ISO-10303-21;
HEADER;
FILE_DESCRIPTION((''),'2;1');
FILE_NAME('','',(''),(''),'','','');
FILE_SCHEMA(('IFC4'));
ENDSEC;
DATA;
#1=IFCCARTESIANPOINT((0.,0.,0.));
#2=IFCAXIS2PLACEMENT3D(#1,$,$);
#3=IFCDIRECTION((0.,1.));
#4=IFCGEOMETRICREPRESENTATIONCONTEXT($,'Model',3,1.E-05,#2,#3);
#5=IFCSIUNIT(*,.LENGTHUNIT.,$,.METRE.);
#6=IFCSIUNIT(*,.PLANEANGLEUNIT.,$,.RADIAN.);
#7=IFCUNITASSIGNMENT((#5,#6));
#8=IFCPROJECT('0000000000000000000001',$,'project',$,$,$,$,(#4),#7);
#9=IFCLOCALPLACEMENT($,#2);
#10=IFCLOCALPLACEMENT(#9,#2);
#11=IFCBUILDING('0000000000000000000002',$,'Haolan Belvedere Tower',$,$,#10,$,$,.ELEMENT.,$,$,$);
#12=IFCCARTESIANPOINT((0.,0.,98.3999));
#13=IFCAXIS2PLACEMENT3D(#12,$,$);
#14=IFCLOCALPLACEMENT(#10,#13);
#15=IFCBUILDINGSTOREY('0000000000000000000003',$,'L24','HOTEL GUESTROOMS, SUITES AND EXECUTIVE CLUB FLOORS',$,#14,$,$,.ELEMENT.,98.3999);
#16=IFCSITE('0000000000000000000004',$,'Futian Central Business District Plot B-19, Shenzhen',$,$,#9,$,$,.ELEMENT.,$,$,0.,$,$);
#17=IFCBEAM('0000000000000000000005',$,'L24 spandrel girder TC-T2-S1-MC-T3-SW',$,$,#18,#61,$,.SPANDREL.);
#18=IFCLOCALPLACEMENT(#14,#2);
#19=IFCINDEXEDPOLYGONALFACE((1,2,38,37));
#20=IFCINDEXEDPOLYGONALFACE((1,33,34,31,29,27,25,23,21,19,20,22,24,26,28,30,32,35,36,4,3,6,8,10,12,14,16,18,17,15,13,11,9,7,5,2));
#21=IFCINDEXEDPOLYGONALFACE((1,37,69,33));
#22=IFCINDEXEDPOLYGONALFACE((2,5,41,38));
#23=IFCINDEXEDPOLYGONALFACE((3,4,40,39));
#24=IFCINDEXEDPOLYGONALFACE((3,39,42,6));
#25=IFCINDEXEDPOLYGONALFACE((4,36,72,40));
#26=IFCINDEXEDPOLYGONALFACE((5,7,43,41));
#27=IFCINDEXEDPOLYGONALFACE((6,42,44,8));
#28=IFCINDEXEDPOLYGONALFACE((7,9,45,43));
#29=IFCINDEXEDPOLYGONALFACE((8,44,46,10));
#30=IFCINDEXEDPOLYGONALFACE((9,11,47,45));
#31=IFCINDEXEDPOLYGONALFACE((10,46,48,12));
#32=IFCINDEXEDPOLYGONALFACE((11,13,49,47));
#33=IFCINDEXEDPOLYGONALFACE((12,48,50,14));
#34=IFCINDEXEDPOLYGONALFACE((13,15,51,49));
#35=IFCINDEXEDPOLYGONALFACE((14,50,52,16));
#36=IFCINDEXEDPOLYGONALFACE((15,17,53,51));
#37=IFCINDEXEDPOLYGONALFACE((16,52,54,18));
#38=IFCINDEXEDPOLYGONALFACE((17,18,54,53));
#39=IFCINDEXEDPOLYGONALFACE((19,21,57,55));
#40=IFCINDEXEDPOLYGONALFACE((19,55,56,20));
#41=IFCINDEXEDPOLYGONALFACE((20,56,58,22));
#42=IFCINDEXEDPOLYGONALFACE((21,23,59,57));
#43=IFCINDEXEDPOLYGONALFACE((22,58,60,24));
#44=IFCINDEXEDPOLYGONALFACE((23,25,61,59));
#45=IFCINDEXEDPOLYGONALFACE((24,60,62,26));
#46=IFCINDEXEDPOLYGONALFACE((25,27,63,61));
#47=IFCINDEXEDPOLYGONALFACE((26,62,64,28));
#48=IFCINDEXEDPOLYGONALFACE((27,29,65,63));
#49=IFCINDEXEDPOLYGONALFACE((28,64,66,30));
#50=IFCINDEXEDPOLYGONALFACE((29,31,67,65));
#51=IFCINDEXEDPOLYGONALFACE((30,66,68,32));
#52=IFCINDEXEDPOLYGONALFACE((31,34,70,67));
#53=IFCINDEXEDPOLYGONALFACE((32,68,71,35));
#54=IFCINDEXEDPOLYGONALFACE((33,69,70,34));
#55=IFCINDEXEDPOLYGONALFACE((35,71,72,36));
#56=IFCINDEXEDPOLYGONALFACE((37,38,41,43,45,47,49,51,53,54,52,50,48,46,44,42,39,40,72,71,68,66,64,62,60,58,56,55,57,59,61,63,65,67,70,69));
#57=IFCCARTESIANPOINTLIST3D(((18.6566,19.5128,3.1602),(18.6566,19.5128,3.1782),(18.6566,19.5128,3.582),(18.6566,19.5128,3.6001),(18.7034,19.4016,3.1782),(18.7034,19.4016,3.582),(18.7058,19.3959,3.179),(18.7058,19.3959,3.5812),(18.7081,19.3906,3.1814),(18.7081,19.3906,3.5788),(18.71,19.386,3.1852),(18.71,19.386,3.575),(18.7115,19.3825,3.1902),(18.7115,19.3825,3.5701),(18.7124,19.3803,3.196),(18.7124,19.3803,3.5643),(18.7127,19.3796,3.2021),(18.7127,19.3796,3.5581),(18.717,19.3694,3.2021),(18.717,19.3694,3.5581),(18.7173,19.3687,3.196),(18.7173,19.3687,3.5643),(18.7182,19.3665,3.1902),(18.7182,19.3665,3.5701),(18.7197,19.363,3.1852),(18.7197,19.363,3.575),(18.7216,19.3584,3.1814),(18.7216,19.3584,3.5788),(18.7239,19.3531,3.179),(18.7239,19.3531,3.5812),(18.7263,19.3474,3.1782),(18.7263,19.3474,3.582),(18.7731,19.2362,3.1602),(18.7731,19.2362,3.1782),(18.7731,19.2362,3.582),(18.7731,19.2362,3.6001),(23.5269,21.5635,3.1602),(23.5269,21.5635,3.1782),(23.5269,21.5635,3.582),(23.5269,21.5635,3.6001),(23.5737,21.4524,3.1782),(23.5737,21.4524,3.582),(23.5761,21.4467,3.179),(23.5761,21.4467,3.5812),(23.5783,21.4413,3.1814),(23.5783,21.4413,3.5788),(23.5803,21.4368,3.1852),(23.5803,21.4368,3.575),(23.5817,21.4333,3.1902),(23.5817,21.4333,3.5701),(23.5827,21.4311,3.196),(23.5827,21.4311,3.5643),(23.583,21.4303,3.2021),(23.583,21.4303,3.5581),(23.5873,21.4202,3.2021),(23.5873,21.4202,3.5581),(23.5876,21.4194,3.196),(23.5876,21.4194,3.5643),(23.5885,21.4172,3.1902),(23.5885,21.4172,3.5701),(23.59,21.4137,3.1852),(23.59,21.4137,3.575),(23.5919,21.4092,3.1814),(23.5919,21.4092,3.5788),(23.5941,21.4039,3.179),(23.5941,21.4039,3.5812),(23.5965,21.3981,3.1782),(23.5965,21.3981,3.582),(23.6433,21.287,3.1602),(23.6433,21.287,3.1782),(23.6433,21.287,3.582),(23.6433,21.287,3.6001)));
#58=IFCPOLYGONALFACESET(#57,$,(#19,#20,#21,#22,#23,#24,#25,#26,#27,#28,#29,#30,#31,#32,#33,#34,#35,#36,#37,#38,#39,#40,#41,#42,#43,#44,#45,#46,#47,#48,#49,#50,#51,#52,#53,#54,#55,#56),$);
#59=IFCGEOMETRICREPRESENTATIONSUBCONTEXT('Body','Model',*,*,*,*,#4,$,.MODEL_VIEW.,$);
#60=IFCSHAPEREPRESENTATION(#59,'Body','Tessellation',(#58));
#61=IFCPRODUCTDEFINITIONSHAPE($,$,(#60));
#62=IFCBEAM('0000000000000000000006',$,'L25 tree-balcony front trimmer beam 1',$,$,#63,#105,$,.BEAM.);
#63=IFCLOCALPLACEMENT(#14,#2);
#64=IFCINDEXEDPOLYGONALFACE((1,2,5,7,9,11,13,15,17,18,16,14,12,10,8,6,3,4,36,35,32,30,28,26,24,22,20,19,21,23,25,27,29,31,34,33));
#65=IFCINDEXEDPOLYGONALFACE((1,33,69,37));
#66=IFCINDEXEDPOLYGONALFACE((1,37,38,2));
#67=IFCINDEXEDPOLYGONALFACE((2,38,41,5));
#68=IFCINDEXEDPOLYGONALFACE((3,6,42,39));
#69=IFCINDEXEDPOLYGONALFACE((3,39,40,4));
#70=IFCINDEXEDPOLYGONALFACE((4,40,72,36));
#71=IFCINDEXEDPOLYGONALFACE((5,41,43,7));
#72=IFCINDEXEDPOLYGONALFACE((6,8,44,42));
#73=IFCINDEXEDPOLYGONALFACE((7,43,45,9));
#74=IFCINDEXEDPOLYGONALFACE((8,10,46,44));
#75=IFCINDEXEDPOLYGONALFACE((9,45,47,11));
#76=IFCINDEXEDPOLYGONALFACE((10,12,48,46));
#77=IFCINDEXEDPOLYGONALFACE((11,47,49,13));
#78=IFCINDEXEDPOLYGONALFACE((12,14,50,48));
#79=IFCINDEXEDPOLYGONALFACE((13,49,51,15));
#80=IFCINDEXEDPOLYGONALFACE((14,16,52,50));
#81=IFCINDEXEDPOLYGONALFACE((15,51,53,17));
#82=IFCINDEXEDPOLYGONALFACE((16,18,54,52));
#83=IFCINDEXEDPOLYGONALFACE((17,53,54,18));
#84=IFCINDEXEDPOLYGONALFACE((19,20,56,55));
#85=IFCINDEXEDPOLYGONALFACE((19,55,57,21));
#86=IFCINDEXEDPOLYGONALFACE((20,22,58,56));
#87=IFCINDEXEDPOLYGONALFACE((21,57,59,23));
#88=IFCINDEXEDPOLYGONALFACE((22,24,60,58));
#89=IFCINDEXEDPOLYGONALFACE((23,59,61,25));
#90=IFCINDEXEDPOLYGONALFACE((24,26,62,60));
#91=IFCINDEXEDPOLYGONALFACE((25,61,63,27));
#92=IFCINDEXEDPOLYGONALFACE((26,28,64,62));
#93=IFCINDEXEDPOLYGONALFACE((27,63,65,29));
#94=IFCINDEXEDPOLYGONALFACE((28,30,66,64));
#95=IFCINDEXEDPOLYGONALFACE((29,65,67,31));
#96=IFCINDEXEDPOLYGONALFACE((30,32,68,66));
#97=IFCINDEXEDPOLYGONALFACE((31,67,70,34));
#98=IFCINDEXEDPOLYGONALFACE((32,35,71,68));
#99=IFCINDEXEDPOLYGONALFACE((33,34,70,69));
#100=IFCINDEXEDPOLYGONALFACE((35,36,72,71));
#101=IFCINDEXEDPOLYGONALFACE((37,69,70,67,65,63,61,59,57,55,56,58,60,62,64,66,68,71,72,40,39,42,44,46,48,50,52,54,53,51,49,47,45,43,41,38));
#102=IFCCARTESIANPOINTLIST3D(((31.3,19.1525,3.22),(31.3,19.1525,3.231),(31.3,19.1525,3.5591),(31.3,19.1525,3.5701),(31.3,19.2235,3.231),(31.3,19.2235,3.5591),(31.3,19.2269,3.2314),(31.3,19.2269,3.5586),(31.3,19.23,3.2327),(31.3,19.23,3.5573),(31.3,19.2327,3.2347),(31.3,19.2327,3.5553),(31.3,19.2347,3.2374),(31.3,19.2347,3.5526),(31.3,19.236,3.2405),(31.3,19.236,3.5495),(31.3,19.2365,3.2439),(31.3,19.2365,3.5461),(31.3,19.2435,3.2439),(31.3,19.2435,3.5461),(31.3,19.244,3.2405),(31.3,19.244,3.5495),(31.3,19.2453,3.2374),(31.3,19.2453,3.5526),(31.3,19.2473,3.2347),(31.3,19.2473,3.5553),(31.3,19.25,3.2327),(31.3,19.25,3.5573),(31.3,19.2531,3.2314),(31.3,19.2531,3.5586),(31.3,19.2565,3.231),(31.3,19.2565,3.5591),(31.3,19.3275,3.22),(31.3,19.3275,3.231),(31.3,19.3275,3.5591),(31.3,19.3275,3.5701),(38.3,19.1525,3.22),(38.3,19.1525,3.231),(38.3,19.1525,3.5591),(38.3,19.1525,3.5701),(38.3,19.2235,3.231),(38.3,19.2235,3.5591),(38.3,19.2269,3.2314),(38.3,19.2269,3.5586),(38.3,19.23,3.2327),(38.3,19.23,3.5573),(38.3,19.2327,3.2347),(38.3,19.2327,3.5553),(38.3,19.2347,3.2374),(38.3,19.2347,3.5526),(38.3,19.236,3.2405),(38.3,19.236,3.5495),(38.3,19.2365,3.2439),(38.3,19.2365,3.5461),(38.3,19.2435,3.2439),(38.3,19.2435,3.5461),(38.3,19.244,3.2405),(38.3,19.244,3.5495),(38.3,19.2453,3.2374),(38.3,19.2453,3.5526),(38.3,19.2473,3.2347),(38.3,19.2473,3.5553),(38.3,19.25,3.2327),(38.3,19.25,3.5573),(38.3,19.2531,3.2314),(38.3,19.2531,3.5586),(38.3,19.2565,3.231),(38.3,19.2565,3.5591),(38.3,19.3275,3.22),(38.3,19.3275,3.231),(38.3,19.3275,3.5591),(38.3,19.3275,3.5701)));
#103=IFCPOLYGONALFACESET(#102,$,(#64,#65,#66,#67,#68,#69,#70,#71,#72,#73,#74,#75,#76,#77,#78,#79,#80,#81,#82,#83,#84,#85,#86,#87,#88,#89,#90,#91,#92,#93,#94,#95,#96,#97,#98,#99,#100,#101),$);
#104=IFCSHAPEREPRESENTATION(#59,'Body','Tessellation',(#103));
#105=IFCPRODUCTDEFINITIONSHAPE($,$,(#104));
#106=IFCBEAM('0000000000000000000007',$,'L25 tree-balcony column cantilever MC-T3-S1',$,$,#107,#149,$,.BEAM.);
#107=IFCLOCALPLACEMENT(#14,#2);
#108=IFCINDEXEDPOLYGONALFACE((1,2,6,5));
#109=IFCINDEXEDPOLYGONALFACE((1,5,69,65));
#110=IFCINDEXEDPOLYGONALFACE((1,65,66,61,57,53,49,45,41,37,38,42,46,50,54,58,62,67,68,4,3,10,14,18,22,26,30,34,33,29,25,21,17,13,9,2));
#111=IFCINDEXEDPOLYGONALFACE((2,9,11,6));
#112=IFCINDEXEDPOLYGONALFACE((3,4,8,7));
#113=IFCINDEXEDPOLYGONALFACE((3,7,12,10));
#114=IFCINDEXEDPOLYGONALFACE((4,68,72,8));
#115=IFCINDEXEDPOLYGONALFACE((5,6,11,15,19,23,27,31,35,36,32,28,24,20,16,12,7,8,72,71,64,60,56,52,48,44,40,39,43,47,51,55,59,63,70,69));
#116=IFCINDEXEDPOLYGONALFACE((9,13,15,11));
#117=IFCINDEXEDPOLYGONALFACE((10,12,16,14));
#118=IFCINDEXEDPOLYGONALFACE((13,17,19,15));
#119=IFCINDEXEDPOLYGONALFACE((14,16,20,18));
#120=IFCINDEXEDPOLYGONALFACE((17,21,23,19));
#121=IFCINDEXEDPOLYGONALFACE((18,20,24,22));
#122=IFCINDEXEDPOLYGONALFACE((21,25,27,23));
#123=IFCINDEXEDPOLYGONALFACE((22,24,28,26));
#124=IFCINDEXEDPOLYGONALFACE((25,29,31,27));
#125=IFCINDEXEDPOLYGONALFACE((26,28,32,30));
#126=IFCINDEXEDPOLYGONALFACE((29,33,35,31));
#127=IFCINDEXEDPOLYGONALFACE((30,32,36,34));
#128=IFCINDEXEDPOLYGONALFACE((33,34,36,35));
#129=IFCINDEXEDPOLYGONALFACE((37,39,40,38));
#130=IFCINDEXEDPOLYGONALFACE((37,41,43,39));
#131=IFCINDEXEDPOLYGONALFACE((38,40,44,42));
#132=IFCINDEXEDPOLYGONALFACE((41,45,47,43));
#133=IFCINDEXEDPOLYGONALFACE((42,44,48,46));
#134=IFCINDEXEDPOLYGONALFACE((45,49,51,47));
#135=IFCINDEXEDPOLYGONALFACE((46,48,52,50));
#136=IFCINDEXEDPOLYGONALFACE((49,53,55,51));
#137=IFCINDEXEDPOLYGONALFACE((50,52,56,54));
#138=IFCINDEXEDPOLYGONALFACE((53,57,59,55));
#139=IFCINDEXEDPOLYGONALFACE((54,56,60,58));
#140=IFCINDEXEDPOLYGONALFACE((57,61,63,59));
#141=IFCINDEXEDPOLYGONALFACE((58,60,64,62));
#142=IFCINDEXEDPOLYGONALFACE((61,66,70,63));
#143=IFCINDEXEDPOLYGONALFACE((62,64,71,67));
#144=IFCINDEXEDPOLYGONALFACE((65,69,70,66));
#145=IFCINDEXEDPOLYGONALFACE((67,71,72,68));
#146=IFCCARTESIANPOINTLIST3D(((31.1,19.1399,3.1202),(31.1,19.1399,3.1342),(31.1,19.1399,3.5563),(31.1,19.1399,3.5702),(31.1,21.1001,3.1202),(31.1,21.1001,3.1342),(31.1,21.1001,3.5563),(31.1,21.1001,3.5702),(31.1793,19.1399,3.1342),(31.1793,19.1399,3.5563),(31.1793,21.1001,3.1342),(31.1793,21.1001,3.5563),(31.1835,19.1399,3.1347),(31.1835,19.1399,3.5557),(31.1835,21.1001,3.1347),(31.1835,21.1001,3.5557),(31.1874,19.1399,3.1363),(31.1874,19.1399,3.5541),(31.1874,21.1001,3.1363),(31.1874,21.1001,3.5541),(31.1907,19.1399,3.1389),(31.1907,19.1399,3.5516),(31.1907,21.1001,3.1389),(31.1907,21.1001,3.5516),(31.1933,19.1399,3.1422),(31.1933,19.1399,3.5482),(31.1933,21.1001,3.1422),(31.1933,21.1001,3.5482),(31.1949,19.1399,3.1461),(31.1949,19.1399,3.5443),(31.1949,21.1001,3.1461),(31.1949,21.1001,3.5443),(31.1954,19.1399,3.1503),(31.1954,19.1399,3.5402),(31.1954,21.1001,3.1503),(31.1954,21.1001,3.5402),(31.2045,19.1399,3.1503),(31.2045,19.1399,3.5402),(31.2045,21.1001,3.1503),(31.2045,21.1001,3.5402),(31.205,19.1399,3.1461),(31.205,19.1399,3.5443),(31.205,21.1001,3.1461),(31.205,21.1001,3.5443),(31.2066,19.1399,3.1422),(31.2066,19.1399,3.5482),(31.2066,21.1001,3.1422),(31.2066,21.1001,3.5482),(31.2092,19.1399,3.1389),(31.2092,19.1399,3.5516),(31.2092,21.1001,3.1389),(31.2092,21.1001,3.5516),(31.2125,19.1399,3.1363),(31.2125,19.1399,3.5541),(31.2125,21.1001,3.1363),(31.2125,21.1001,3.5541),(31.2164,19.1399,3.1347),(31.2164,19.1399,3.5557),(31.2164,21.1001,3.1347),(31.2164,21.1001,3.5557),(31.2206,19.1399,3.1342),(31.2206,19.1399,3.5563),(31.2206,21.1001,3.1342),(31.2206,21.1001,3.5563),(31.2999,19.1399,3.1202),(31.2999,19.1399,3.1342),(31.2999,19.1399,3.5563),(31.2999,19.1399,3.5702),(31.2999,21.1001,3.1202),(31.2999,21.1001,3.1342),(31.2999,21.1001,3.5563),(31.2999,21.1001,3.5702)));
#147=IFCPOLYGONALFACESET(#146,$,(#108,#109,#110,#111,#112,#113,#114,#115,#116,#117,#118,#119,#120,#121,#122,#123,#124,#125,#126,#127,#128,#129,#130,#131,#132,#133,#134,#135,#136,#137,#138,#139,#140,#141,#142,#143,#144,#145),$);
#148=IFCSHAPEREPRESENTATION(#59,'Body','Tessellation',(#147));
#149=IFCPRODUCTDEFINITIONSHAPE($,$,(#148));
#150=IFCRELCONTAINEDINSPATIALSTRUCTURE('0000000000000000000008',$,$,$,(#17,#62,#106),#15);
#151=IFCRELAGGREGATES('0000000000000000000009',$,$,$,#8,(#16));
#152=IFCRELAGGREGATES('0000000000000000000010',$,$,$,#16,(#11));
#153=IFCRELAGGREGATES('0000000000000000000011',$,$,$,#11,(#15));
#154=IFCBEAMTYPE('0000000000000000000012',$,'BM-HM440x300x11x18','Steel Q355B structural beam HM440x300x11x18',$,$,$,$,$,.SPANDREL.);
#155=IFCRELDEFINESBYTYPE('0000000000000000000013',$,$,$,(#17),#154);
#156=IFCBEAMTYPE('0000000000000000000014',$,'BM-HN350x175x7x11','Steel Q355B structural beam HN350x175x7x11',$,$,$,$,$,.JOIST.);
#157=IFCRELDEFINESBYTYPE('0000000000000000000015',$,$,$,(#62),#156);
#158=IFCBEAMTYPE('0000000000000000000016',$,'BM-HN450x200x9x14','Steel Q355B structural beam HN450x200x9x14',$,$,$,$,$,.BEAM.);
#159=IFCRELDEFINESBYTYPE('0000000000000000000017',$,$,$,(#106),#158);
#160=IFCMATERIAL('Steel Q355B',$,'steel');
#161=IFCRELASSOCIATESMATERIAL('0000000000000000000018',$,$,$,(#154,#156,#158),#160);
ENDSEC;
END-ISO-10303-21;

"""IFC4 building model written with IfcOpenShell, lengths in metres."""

from ifc_helpers import new_model, si_unit, direction, frame, origin, origin_2d, place, context, subcontext, project, spatial, i_section, extrude, material, material_profile, profile_set, type_object, element, save


model = new_model("IFC4")

# Units and contexts
model_context = context("Model", 3, precision=1e-05, world=origin(), true_north=direction((0.0, 1.0)))
body_context = subcontext(model_context, "Body", "Model", "MODEL_VIEW")
ifc_project = project(units=[si_unit("LENGTHUNIT", "METRE"), si_unit("PLANEANGLEUNIT", "RADIAN")], contexts=[model_context])

# Site, building, storey
site_placement = place(None, origin())
site = spatial("IfcSite", under=ifc_project, at=site_placement, Name="Futian Central Business District Plot B-19, Shenzhen", CompositionType="ELEMENT", RefElevation=0.0)
building_placement = place(site_placement, origin())
building = spatial("IfcBuilding", under=site, at=building_placement, Name="Haolan Belvedere Tower", CompositionType="ELEMENT")
storey_placement = place(building_placement, frame((0.0, 0.0, 98.3999)))
storey = spatial("IfcBuildingStorey", under=building, at=storey_placement, Name="L24", Description="HOTEL GUESTROOMS, SUITES AND EXECUTIVE CLUB FLOORS", CompositionType="ELEMENT", Elevation=98.3999)

# Beams
ifc_material_1 = material(Name="Steel Q355B", Category="steel")
ifc_material_profile_1 = material_profile(ifc_material_1, i_section(OverallWidth=0.3, OverallDepth=0.4399, WebThickness=0.011, FlangeThickness=0.0181, FilletRadius=0.0239, at=origin_2d()), Name="Steel Q355B")
ifc_profile_set_1 = profile_set([ifc_material_profile_1], Name="Steel Q355B")
beam_type_1 = type_object("IfcBeamType", Name="BM-HM440x300x11x18", Description="Steel Q355B structural beam HM440x300x11x18", PredefinedType="SPANDREL", material=ifc_profile_set_1)
beam_1_placement = place(storey_placement, frame((18.7148, 19.3745, 3.3801), z_axis=(0.921628, 0.388074, 0.0), x_axis=(-0.388074, 0.921628, 0.0)))
element("IfcBeam", 1, at=beam_1_placement, inside=storey, type_object=beam_type_1, Name="L24 spandrel girder TC-T2-S1-MC-T3-SW", PredefinedType="SPANDREL", context=body_context, shape_type="SweptSolid", body=[
    extrude(i_section(OverallWidth=0.3, OverallDepth=0.4399, WebThickness=0.011, FlangeThickness=0.0181, FilletRadius=0.0239, at=origin_2d()), origin(), (0.0, 0.0, 1.0), 5.2844),
])
ifc_material_profile_2 = material_profile(ifc_material_1, i_section(OverallWidth=0.175, OverallDepth=0.3501, WebThickness=0.0071, FlangeThickness=0.011, FilletRadius=0.0129, at=origin_2d()), Name="Steel Q355B")
ifc_profile_set_2 = profile_set([ifc_material_profile_2], Name="Steel Q355B")
beam_type_2 = type_object("IfcBeamType", Name="BM-HN350x175x7x11", Description="Steel Q355B structural beam HN350x175x7x11", PredefinedType="JOIST", material=ifc_profile_set_2)
beam_2_placement = place(storey_placement, frame((31.3, 19.24, 3.395), z_axis=(1.0, 0.0, 0.0), x_axis=(0.0, 1.0, 0.0)))
element("IfcBeam", 2, at=beam_2_placement, inside=storey, type_object=beam_type_2, Name="L25 tree-balcony front trimmer beam 1", PredefinedType="BEAM", context=body_context, shape_type="SweptSolid", body=[
    extrude(i_section(OverallWidth=0.175, OverallDepth=0.3501, WebThickness=0.0071, FlangeThickness=0.011, FilletRadius=0.0129, at=origin_2d()), origin(), (0.0, 0.0, 1.0), 7.0),
])
ifc_material_profile_3 = material_profile(ifc_material_1, i_section(OverallWidth=0.2, OverallDepth=0.45, WebThickness=0.009, FlangeThickness=0.0139, FilletRadius=0.0161, at=origin_2d()), Name="Steel Q355B")
ifc_profile_set_3 = profile_set([ifc_material_profile_3], Name="Steel Q355B")
beam_type_3 = type_object("IfcBeamType", Name="BM-HN450x200x9x14", Description="Steel Q355B structural beam HN450x200x9x14", PredefinedType="BEAM", material=ifc_profile_set_3)
beam_3_placement = place(storey_placement, frame((31.2, 21.1001, 3.3452), z_axis=(0.0, -1.0, 0.0), x_axis=(1.0, 0.0, 0.0)))
element("IfcBeam", 3, at=beam_3_placement, inside=storey, type_object=beam_type_3, Name="L25 tree-balcony column cantilever MC-T3-S1", PredefinedType="BEAM", context=body_context, shape_type="SweptSolid", body=[
    extrude(i_section(OverallWidth=0.2, OverallDepth=0.45, WebThickness=0.009, FlangeThickness=0.0139, FilletRadius=0.0161, at=origin_2d()), origin(), (0.0, 0.0, 1.0), 1.9602),
])

save(model, "model.ifc")
